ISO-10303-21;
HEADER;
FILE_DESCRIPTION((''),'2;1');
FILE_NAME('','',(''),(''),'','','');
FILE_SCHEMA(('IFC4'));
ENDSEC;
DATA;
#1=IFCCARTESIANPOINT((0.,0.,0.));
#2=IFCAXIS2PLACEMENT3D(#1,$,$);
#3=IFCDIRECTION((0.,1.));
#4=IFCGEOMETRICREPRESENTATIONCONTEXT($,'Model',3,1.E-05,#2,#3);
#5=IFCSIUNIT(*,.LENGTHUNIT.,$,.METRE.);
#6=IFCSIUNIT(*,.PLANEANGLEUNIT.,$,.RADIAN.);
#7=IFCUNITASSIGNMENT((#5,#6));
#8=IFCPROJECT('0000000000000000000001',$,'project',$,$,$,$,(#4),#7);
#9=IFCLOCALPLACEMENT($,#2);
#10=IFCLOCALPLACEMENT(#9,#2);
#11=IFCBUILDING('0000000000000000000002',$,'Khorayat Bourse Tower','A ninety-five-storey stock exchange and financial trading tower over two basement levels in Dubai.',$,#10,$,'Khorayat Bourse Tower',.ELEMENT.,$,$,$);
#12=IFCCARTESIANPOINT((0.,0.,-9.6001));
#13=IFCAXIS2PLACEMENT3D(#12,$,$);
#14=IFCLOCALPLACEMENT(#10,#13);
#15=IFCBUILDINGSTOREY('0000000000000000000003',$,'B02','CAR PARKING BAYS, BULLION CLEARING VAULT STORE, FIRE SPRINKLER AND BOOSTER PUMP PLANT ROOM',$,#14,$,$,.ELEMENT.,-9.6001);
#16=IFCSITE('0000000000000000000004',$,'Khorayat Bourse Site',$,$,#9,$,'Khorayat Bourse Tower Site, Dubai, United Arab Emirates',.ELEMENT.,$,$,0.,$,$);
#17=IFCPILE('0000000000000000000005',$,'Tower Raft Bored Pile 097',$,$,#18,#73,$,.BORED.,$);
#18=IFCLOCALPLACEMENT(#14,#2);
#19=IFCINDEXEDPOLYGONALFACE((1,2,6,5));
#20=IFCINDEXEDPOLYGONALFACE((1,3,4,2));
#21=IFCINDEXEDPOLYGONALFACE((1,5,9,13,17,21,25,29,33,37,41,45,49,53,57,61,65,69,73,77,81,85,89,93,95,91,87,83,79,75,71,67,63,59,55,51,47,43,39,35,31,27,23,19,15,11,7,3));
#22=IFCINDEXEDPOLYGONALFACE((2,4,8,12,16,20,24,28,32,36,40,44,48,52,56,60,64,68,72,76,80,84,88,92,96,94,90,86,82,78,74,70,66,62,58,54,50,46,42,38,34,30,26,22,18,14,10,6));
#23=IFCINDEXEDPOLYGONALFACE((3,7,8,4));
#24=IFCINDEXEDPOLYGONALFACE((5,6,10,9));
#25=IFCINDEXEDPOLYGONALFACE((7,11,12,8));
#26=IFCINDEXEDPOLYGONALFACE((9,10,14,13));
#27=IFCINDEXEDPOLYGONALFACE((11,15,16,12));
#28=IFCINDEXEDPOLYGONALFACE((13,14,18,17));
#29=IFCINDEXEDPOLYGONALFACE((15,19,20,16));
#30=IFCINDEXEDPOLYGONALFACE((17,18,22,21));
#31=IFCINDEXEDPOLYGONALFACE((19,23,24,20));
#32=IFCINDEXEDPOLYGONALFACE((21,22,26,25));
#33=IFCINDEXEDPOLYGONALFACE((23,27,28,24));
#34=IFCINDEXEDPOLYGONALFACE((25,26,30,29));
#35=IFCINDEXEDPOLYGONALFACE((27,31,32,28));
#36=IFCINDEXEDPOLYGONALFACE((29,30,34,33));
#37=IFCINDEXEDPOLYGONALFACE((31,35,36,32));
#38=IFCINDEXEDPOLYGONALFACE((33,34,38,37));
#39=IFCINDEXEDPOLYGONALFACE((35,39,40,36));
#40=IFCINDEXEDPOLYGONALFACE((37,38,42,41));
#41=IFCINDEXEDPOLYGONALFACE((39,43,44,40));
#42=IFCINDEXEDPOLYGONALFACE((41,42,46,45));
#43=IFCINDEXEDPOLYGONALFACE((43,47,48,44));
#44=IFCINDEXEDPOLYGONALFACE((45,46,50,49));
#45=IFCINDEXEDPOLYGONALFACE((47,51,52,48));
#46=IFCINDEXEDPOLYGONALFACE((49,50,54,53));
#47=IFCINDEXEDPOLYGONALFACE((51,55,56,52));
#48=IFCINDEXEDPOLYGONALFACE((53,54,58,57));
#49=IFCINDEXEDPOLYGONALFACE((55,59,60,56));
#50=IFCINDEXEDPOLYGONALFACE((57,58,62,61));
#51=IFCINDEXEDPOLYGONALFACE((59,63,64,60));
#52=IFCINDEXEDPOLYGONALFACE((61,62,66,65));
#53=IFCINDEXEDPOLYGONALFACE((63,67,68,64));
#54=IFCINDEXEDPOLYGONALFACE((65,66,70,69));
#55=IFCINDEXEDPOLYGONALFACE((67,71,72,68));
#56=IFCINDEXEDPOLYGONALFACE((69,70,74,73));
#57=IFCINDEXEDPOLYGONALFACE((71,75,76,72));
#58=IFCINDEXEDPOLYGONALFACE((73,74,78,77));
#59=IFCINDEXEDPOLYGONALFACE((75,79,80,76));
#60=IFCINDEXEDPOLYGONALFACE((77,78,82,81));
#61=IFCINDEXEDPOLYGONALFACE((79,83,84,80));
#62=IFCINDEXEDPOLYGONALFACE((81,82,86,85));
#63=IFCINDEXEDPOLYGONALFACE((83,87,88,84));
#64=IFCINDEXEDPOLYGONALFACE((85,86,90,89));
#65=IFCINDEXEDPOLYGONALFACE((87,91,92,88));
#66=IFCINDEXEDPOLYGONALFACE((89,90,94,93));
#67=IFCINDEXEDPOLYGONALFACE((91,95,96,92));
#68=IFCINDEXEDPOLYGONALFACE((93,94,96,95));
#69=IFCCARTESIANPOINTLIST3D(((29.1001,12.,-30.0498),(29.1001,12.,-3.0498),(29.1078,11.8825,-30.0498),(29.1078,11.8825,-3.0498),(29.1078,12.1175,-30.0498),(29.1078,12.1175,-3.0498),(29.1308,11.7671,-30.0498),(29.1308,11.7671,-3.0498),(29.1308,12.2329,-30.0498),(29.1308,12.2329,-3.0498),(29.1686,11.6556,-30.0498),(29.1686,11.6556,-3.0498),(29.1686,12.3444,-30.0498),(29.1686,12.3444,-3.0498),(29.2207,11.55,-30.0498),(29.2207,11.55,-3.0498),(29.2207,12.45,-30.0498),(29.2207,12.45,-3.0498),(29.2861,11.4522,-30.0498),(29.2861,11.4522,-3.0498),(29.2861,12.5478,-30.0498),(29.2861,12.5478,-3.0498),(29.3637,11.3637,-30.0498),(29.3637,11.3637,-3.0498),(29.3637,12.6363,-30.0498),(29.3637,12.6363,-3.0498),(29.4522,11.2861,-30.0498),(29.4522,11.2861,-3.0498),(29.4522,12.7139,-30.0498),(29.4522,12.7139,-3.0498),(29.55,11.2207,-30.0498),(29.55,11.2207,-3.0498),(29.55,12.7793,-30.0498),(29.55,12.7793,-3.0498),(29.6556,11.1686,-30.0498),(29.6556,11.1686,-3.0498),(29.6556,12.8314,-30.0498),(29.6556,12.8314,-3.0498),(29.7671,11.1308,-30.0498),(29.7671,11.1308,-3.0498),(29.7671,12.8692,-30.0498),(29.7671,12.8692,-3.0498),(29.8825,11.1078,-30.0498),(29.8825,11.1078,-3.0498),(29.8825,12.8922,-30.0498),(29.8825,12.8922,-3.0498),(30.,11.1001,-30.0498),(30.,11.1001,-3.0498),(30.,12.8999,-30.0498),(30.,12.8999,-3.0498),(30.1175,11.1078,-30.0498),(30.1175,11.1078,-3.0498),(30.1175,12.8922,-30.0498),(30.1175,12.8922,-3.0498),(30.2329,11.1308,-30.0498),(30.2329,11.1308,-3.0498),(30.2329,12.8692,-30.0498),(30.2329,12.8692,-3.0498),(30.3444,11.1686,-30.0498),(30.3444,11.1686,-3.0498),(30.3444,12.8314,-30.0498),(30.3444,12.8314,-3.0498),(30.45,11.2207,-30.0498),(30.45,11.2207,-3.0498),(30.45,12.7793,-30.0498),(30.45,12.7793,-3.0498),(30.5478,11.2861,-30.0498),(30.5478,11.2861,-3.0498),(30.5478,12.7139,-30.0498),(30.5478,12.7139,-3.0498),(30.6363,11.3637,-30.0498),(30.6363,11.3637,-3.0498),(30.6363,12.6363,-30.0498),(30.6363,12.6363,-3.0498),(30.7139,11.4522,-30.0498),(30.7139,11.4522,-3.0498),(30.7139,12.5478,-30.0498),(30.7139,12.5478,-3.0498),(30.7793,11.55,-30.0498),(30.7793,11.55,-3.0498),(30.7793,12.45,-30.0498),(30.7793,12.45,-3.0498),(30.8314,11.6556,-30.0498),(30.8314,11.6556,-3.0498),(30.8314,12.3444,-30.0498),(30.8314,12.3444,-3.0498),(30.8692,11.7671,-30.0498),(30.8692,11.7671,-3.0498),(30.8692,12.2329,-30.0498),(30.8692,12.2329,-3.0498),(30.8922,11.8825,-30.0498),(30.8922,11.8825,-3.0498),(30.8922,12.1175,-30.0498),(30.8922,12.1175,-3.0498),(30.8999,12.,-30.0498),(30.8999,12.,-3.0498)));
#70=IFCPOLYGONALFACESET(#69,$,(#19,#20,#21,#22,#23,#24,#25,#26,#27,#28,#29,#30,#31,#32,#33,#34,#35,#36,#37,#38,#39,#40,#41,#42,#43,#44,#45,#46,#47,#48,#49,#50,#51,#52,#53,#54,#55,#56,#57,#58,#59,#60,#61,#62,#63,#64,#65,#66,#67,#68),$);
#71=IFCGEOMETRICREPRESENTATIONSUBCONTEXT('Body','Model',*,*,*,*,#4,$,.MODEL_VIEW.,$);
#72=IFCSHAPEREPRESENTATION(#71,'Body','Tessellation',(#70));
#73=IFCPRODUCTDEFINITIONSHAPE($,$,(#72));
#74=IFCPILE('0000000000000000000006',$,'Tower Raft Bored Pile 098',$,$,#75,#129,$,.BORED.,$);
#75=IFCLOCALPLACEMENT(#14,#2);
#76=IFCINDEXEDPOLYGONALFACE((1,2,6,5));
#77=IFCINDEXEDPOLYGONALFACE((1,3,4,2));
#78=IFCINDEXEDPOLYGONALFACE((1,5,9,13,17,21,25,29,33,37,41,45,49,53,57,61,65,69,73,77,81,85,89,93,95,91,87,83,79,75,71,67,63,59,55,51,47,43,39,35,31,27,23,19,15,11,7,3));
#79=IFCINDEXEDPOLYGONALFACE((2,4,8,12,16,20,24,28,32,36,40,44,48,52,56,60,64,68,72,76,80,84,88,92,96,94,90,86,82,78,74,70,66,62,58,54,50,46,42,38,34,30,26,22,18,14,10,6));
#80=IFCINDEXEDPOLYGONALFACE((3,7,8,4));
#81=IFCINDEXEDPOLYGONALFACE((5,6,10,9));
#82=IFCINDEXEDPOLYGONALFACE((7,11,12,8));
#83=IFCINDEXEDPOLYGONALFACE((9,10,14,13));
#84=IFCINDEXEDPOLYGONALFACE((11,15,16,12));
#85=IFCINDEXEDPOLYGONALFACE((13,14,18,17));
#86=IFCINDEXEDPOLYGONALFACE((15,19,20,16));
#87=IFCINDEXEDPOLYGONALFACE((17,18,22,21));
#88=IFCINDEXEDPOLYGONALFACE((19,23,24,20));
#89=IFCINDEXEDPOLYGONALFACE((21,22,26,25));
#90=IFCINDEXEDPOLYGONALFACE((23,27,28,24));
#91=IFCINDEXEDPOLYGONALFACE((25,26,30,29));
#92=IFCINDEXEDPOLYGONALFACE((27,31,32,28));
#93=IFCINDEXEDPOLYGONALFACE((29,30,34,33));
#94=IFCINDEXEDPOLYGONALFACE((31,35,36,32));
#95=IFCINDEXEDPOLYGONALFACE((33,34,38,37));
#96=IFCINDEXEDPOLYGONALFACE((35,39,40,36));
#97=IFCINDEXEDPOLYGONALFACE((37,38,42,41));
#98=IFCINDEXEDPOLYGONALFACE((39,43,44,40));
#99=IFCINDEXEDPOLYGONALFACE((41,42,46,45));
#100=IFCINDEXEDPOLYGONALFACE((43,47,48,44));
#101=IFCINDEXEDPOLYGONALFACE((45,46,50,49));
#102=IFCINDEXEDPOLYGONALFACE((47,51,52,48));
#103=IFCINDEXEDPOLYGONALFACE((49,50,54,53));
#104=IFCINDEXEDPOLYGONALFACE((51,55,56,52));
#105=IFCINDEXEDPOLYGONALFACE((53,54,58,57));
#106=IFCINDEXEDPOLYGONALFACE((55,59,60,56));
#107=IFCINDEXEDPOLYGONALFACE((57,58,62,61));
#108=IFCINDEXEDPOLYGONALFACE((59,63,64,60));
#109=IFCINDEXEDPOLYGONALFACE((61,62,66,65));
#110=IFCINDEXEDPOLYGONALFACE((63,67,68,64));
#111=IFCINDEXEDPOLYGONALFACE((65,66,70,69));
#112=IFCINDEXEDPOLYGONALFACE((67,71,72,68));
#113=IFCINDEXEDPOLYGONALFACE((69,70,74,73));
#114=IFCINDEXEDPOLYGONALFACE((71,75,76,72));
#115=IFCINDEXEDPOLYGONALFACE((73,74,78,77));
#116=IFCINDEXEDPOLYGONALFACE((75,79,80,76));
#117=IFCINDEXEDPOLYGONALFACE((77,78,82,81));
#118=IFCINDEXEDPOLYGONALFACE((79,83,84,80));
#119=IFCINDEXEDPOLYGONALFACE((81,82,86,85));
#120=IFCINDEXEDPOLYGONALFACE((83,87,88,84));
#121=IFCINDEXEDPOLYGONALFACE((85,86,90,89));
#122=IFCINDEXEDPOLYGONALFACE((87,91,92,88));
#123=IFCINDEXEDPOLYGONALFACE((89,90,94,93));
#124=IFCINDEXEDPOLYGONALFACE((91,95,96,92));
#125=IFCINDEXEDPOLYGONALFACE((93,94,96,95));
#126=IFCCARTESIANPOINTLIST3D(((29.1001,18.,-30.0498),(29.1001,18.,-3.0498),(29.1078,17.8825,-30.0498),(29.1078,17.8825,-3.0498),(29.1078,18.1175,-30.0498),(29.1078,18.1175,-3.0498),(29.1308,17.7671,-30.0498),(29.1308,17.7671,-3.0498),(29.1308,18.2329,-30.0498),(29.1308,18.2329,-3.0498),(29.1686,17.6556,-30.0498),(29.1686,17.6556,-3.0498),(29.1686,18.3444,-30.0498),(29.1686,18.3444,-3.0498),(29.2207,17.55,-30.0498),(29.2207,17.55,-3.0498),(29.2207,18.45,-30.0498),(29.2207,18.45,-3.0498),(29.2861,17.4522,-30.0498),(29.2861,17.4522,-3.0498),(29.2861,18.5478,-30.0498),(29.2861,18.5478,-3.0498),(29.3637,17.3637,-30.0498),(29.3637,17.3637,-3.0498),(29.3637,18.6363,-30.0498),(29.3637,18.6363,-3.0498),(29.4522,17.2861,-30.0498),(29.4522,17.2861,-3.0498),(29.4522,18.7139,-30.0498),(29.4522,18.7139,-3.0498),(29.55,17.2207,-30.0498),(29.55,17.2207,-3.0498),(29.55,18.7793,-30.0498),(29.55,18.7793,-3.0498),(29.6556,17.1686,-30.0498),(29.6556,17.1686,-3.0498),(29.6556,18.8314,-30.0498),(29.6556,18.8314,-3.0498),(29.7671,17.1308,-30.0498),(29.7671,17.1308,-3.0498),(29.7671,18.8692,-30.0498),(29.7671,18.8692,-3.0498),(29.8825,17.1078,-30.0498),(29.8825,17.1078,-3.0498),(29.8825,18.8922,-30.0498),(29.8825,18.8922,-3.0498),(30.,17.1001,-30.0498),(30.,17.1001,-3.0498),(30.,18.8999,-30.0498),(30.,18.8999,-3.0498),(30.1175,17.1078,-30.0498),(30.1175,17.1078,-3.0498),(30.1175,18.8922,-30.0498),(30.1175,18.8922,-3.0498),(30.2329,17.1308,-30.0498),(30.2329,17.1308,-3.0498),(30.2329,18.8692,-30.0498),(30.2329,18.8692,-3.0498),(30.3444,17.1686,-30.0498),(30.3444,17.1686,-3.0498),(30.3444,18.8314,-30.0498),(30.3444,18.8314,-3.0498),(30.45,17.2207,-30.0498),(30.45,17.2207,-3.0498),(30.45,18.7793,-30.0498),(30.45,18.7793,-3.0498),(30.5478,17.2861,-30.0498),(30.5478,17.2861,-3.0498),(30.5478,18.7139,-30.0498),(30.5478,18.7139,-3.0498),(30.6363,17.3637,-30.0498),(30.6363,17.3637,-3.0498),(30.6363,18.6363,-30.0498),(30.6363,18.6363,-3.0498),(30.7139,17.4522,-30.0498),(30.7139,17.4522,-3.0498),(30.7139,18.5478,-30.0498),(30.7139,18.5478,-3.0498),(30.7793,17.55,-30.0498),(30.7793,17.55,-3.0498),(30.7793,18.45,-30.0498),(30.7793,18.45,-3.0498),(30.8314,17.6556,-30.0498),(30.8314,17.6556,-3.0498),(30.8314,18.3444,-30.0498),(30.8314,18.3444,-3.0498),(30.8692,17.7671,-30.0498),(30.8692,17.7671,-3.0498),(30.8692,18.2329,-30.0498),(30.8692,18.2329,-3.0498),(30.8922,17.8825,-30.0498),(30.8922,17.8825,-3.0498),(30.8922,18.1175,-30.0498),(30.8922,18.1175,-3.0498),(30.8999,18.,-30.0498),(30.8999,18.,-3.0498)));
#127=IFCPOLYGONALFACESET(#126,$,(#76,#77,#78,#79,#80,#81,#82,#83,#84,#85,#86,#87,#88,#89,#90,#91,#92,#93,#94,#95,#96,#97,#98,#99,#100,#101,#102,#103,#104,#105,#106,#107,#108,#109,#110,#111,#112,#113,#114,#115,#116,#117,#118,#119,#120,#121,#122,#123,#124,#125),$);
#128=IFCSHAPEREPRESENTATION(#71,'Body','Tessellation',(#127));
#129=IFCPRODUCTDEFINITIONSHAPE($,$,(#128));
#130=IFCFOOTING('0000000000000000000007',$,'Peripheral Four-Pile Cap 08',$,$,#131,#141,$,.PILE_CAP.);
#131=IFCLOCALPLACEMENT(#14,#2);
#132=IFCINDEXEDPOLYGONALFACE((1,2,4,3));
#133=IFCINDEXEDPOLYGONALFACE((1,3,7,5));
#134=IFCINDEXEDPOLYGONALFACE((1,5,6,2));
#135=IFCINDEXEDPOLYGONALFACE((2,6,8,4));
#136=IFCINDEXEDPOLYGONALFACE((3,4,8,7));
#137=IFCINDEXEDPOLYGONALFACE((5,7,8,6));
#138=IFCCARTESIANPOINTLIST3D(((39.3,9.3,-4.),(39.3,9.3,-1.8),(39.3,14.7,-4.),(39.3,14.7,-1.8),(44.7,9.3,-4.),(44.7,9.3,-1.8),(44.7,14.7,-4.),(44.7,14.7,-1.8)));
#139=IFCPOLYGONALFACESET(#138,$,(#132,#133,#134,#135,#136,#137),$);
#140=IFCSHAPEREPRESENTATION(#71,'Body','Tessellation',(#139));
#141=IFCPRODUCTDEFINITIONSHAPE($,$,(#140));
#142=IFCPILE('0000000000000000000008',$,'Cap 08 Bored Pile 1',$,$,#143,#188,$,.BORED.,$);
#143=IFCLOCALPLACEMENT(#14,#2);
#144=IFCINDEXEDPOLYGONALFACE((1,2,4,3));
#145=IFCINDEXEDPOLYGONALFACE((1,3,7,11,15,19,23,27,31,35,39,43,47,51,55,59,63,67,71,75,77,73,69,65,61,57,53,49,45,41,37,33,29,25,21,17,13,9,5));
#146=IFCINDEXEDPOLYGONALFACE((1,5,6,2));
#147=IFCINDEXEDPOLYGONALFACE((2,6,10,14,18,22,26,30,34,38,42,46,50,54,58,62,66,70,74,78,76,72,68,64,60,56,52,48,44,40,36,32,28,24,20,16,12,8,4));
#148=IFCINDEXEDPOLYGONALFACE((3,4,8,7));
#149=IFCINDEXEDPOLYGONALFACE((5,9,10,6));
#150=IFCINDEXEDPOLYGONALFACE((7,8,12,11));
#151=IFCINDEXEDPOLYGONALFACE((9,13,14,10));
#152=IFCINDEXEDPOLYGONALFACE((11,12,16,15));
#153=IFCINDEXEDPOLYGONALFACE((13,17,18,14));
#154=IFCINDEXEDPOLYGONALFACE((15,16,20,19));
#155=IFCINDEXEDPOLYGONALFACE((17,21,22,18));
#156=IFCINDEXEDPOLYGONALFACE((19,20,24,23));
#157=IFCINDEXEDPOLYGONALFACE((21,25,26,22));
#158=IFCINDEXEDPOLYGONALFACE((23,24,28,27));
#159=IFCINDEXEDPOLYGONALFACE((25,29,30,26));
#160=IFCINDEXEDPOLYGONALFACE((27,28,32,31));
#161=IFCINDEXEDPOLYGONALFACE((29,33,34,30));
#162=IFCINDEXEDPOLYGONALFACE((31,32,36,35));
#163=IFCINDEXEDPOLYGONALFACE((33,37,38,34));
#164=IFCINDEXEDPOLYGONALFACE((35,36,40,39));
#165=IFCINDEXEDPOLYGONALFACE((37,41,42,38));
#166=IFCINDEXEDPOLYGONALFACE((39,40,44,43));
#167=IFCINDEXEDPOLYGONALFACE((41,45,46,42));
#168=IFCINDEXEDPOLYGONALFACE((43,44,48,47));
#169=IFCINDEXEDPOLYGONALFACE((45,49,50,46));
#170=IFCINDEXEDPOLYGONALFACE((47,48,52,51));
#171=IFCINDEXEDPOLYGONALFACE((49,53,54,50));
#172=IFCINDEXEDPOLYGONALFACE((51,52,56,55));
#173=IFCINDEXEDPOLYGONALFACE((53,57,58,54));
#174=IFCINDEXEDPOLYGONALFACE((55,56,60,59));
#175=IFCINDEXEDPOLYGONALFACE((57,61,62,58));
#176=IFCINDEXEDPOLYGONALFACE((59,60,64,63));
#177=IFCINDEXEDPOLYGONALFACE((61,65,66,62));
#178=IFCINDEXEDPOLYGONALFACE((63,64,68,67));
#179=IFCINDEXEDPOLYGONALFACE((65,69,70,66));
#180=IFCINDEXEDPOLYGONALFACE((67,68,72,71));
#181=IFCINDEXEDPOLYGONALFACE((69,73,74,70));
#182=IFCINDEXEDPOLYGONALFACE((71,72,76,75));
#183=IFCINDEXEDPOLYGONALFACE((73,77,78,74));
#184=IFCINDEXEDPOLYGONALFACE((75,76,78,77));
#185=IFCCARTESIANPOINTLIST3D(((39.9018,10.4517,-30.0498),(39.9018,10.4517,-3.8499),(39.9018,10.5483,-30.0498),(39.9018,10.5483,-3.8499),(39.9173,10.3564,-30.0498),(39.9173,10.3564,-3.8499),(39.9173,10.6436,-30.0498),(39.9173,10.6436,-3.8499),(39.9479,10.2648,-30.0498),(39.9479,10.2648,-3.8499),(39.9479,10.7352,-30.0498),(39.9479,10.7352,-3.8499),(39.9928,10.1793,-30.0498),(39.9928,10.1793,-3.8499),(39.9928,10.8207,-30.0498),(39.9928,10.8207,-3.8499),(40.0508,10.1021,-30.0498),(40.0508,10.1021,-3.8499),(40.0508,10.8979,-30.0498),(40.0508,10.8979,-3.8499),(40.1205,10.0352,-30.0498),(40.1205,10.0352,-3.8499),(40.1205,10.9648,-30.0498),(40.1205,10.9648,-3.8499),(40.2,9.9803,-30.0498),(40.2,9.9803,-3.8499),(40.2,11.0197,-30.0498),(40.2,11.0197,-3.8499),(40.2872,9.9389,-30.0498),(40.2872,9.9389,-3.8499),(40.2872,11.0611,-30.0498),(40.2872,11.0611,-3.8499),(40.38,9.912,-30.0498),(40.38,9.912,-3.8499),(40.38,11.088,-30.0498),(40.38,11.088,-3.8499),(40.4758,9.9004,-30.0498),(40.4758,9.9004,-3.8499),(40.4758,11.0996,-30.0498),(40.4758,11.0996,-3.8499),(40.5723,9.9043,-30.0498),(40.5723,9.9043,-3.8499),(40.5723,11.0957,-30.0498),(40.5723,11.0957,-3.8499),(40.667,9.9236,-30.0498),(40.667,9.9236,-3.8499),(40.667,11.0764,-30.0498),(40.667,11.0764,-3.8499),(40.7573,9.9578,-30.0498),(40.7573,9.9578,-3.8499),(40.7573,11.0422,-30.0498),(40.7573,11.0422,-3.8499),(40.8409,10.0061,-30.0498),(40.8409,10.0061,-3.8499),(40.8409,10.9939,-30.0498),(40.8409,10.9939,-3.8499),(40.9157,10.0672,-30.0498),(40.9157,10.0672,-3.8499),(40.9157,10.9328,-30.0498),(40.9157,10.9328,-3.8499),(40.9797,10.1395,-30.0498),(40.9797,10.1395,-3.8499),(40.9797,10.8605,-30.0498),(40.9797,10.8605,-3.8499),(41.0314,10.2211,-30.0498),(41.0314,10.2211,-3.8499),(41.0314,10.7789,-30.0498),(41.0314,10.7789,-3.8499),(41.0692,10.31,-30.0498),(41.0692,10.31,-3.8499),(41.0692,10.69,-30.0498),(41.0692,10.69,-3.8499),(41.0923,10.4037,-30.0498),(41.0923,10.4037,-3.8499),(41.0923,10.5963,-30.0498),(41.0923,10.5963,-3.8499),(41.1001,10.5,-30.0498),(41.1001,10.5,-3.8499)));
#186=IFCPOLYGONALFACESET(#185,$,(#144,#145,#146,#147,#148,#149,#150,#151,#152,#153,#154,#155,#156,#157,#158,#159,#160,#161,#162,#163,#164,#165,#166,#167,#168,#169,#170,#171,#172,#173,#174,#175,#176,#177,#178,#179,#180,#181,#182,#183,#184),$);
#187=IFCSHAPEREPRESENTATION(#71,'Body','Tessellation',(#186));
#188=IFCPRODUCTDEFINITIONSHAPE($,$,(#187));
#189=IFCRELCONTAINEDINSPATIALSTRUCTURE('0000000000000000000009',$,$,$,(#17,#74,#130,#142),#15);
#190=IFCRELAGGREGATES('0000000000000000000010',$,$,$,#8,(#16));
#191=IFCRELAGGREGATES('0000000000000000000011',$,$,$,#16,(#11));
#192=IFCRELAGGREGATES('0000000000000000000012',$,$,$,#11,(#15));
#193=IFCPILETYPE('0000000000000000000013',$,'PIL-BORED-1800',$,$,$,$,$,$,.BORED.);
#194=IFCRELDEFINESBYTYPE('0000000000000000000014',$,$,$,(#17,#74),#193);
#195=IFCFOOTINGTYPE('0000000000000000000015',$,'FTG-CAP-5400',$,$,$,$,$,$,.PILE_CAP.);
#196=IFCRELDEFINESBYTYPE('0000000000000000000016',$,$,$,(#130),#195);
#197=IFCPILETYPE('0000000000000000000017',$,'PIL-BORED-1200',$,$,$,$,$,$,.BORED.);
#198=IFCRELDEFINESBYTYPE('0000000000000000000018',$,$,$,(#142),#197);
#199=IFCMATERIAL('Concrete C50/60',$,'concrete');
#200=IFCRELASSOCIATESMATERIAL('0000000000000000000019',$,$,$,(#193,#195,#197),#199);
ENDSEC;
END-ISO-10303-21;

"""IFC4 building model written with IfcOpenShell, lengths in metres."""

from ifc_helpers import new_model, si_unit, direction, frame, origin, origin_2d, place, context, subcontext, project, spatial, rectangle, circle, extrude, source, transform, mapped, material, material_profile, profile_set, type_object, element, save


model = new_model("IFC4")

# Units and contexts
model_context = context("Model", 3, precision=1e-05, world=origin(), true_north=direction((0.0, 1.0)))
body_context = subcontext(model_context, "Body", "Model", "MODEL_VIEW")
ifc_project = project(units=[si_unit("LENGTHUNIT", "METRE"), si_unit("PLANEANGLEUNIT", "RADIAN")], contexts=[model_context])

# Site, building, storey
site_placement = place(None, origin())
site = spatial("IfcSite", under=ifc_project, at=site_placement, Name="Khorayat Bourse Site", LongName="Khorayat Bourse Tower Site, Dubai, United Arab Emirates", CompositionType="ELEMENT", RefElevation=0.0)
building_placement = place(site_placement, origin())
building = spatial("IfcBuilding", under=site, at=building_placement, Name="Khorayat Bourse Tower", Description="A ninety-five-storey stock exchange and financial trading tower over two basement levels in Dubai.", LongName="Khorayat Bourse Tower", CompositionType="ELEMENT")
storey_placement = place(building_placement, frame((0.0, 0.0, -9.6001)))
storey = spatial("IfcBuildingStorey", under=building, at=storey_placement, Name="B02", Description="CAR PARKING BAYS, BULLION CLEARING VAULT STORE, FIRE SPRINKLER AND BOOSTER PUMP PLANT ROOM", CompositionType="ELEMENT", Elevation=-9.6001)

# Piles
ifc_material_1 = material(Name="Concrete C50/60", Category="concrete")
ifc_material_profile_1 = material_profile(ifc_material_1, circle(Radius=0.8999, at=origin_2d()), Name="BORED PILE D1800")
ifc_profile_set_1 = profile_set([ifc_material_profile_1], Name="Concrete C50/60")
pile_type_1 = type_object("IfcPileType", Name="PIL-BORED-1800", PredefinedType="BORED", material=ifc_profile_set_1)
shared_shape_1 = source(origin(), body_context, "Body", "SweptSolid", [
    extrude(circle(Radius=0.8999, at=origin_2d()), origin(), (0.0, 0.0, 1.0), 27.0),
])
for number, where, z_axis, x_axis, name in (
    (1, (30.0, 12.0, -3.0498), (0.0, 0.0, -1.0), (1.0, 0.0, 0.0), "Tower Raft Bored Pile 097"),
    (2, (30.0, 18.0, -3.0498), (0.0, 0.0, -1.0), (1.0, 0.0, 0.0), "Tower Raft Bored Pile 098"),
):
    element("IfcPile", number, at=place(storey_placement, frame(where, z_axis=z_axis, x_axis=x_axis)), inside=storey, type_object=pile_type_1, Name=name, PredefinedType="BORED", context=body_context, shape_type="MappedRepresentation", body=[
        mapped(shared_shape_1, transform((0.0, 0.0, 0.0), scale=1.0)),
    ])

# Footing
footing_type_1 = type_object("IfcFootingType", Name="FTG-CAP-5400", PredefinedType="PILE_CAP", material=ifc_material_1)
shared_shape_2 = source(origin(), body_context, "Body", "SweptSolid", [
    extrude(rectangle(XDim=5.3999, YDim=5.3999, at=origin_2d()), origin(), (0.0, 0.0, 1.0), 2.2),
])
footing_1_placement = place(storey_placement, frame((42.0, 12.0, -4.0), z_axis=(0.0, 0.0, 1.0), x_axis=(1.0, 0.0, 0.0)))
element("IfcFooting", 3, at=footing_1_placement, inside=storey, type_object=footing_type_1, Name="Peripheral Four-Pile Cap 08", PredefinedType="PILE_CAP", context=body_context, shape_type="MappedRepresentation", body=[
    mapped(shared_shape_2, transform((0.0, 0.0, 0.0), scale=1.0)),
])

# Pile
ifc_material_profile_2 = material_profile(ifc_material_1, circle(Radius=0.6001, at=origin_2d()), Name="BORED PILE D1200")
ifc_profile_set_2 = profile_set([ifc_material_profile_2], Name="Concrete C50/60")
pile_type_2 = type_object("IfcPileType", Name="PIL-BORED-1200", PredefinedType="BORED", material=ifc_profile_set_2)
shared_shape_3 = source(origin(), body_context, "Body", "SweptSolid", [
    extrude(circle(Radius=0.6001, at=origin_2d()), origin(), (0.0, 0.0, 1.0), 26.2),
])
for number, where, z_axis, x_axis, name in (
    (4, (40.5, 10.5, -3.8499), (0.0, 0.0, -1.0), (1.0, 0.0, 0.0), "Cap 08 Bored Pile 1"),
):
    element("IfcPile", number, at=place(storey_placement, frame(where, z_axis=z_axis, x_axis=x_axis)), inside=storey, type_object=pile_type_2, Name=name, PredefinedType="BORED", context=body_context, shape_type="MappedRepresentation", body=[
        mapped(shared_shape_3, transform((0.0, 0.0, 0.0), scale=1.0)),
    ])

save(model, "model.ifc")
